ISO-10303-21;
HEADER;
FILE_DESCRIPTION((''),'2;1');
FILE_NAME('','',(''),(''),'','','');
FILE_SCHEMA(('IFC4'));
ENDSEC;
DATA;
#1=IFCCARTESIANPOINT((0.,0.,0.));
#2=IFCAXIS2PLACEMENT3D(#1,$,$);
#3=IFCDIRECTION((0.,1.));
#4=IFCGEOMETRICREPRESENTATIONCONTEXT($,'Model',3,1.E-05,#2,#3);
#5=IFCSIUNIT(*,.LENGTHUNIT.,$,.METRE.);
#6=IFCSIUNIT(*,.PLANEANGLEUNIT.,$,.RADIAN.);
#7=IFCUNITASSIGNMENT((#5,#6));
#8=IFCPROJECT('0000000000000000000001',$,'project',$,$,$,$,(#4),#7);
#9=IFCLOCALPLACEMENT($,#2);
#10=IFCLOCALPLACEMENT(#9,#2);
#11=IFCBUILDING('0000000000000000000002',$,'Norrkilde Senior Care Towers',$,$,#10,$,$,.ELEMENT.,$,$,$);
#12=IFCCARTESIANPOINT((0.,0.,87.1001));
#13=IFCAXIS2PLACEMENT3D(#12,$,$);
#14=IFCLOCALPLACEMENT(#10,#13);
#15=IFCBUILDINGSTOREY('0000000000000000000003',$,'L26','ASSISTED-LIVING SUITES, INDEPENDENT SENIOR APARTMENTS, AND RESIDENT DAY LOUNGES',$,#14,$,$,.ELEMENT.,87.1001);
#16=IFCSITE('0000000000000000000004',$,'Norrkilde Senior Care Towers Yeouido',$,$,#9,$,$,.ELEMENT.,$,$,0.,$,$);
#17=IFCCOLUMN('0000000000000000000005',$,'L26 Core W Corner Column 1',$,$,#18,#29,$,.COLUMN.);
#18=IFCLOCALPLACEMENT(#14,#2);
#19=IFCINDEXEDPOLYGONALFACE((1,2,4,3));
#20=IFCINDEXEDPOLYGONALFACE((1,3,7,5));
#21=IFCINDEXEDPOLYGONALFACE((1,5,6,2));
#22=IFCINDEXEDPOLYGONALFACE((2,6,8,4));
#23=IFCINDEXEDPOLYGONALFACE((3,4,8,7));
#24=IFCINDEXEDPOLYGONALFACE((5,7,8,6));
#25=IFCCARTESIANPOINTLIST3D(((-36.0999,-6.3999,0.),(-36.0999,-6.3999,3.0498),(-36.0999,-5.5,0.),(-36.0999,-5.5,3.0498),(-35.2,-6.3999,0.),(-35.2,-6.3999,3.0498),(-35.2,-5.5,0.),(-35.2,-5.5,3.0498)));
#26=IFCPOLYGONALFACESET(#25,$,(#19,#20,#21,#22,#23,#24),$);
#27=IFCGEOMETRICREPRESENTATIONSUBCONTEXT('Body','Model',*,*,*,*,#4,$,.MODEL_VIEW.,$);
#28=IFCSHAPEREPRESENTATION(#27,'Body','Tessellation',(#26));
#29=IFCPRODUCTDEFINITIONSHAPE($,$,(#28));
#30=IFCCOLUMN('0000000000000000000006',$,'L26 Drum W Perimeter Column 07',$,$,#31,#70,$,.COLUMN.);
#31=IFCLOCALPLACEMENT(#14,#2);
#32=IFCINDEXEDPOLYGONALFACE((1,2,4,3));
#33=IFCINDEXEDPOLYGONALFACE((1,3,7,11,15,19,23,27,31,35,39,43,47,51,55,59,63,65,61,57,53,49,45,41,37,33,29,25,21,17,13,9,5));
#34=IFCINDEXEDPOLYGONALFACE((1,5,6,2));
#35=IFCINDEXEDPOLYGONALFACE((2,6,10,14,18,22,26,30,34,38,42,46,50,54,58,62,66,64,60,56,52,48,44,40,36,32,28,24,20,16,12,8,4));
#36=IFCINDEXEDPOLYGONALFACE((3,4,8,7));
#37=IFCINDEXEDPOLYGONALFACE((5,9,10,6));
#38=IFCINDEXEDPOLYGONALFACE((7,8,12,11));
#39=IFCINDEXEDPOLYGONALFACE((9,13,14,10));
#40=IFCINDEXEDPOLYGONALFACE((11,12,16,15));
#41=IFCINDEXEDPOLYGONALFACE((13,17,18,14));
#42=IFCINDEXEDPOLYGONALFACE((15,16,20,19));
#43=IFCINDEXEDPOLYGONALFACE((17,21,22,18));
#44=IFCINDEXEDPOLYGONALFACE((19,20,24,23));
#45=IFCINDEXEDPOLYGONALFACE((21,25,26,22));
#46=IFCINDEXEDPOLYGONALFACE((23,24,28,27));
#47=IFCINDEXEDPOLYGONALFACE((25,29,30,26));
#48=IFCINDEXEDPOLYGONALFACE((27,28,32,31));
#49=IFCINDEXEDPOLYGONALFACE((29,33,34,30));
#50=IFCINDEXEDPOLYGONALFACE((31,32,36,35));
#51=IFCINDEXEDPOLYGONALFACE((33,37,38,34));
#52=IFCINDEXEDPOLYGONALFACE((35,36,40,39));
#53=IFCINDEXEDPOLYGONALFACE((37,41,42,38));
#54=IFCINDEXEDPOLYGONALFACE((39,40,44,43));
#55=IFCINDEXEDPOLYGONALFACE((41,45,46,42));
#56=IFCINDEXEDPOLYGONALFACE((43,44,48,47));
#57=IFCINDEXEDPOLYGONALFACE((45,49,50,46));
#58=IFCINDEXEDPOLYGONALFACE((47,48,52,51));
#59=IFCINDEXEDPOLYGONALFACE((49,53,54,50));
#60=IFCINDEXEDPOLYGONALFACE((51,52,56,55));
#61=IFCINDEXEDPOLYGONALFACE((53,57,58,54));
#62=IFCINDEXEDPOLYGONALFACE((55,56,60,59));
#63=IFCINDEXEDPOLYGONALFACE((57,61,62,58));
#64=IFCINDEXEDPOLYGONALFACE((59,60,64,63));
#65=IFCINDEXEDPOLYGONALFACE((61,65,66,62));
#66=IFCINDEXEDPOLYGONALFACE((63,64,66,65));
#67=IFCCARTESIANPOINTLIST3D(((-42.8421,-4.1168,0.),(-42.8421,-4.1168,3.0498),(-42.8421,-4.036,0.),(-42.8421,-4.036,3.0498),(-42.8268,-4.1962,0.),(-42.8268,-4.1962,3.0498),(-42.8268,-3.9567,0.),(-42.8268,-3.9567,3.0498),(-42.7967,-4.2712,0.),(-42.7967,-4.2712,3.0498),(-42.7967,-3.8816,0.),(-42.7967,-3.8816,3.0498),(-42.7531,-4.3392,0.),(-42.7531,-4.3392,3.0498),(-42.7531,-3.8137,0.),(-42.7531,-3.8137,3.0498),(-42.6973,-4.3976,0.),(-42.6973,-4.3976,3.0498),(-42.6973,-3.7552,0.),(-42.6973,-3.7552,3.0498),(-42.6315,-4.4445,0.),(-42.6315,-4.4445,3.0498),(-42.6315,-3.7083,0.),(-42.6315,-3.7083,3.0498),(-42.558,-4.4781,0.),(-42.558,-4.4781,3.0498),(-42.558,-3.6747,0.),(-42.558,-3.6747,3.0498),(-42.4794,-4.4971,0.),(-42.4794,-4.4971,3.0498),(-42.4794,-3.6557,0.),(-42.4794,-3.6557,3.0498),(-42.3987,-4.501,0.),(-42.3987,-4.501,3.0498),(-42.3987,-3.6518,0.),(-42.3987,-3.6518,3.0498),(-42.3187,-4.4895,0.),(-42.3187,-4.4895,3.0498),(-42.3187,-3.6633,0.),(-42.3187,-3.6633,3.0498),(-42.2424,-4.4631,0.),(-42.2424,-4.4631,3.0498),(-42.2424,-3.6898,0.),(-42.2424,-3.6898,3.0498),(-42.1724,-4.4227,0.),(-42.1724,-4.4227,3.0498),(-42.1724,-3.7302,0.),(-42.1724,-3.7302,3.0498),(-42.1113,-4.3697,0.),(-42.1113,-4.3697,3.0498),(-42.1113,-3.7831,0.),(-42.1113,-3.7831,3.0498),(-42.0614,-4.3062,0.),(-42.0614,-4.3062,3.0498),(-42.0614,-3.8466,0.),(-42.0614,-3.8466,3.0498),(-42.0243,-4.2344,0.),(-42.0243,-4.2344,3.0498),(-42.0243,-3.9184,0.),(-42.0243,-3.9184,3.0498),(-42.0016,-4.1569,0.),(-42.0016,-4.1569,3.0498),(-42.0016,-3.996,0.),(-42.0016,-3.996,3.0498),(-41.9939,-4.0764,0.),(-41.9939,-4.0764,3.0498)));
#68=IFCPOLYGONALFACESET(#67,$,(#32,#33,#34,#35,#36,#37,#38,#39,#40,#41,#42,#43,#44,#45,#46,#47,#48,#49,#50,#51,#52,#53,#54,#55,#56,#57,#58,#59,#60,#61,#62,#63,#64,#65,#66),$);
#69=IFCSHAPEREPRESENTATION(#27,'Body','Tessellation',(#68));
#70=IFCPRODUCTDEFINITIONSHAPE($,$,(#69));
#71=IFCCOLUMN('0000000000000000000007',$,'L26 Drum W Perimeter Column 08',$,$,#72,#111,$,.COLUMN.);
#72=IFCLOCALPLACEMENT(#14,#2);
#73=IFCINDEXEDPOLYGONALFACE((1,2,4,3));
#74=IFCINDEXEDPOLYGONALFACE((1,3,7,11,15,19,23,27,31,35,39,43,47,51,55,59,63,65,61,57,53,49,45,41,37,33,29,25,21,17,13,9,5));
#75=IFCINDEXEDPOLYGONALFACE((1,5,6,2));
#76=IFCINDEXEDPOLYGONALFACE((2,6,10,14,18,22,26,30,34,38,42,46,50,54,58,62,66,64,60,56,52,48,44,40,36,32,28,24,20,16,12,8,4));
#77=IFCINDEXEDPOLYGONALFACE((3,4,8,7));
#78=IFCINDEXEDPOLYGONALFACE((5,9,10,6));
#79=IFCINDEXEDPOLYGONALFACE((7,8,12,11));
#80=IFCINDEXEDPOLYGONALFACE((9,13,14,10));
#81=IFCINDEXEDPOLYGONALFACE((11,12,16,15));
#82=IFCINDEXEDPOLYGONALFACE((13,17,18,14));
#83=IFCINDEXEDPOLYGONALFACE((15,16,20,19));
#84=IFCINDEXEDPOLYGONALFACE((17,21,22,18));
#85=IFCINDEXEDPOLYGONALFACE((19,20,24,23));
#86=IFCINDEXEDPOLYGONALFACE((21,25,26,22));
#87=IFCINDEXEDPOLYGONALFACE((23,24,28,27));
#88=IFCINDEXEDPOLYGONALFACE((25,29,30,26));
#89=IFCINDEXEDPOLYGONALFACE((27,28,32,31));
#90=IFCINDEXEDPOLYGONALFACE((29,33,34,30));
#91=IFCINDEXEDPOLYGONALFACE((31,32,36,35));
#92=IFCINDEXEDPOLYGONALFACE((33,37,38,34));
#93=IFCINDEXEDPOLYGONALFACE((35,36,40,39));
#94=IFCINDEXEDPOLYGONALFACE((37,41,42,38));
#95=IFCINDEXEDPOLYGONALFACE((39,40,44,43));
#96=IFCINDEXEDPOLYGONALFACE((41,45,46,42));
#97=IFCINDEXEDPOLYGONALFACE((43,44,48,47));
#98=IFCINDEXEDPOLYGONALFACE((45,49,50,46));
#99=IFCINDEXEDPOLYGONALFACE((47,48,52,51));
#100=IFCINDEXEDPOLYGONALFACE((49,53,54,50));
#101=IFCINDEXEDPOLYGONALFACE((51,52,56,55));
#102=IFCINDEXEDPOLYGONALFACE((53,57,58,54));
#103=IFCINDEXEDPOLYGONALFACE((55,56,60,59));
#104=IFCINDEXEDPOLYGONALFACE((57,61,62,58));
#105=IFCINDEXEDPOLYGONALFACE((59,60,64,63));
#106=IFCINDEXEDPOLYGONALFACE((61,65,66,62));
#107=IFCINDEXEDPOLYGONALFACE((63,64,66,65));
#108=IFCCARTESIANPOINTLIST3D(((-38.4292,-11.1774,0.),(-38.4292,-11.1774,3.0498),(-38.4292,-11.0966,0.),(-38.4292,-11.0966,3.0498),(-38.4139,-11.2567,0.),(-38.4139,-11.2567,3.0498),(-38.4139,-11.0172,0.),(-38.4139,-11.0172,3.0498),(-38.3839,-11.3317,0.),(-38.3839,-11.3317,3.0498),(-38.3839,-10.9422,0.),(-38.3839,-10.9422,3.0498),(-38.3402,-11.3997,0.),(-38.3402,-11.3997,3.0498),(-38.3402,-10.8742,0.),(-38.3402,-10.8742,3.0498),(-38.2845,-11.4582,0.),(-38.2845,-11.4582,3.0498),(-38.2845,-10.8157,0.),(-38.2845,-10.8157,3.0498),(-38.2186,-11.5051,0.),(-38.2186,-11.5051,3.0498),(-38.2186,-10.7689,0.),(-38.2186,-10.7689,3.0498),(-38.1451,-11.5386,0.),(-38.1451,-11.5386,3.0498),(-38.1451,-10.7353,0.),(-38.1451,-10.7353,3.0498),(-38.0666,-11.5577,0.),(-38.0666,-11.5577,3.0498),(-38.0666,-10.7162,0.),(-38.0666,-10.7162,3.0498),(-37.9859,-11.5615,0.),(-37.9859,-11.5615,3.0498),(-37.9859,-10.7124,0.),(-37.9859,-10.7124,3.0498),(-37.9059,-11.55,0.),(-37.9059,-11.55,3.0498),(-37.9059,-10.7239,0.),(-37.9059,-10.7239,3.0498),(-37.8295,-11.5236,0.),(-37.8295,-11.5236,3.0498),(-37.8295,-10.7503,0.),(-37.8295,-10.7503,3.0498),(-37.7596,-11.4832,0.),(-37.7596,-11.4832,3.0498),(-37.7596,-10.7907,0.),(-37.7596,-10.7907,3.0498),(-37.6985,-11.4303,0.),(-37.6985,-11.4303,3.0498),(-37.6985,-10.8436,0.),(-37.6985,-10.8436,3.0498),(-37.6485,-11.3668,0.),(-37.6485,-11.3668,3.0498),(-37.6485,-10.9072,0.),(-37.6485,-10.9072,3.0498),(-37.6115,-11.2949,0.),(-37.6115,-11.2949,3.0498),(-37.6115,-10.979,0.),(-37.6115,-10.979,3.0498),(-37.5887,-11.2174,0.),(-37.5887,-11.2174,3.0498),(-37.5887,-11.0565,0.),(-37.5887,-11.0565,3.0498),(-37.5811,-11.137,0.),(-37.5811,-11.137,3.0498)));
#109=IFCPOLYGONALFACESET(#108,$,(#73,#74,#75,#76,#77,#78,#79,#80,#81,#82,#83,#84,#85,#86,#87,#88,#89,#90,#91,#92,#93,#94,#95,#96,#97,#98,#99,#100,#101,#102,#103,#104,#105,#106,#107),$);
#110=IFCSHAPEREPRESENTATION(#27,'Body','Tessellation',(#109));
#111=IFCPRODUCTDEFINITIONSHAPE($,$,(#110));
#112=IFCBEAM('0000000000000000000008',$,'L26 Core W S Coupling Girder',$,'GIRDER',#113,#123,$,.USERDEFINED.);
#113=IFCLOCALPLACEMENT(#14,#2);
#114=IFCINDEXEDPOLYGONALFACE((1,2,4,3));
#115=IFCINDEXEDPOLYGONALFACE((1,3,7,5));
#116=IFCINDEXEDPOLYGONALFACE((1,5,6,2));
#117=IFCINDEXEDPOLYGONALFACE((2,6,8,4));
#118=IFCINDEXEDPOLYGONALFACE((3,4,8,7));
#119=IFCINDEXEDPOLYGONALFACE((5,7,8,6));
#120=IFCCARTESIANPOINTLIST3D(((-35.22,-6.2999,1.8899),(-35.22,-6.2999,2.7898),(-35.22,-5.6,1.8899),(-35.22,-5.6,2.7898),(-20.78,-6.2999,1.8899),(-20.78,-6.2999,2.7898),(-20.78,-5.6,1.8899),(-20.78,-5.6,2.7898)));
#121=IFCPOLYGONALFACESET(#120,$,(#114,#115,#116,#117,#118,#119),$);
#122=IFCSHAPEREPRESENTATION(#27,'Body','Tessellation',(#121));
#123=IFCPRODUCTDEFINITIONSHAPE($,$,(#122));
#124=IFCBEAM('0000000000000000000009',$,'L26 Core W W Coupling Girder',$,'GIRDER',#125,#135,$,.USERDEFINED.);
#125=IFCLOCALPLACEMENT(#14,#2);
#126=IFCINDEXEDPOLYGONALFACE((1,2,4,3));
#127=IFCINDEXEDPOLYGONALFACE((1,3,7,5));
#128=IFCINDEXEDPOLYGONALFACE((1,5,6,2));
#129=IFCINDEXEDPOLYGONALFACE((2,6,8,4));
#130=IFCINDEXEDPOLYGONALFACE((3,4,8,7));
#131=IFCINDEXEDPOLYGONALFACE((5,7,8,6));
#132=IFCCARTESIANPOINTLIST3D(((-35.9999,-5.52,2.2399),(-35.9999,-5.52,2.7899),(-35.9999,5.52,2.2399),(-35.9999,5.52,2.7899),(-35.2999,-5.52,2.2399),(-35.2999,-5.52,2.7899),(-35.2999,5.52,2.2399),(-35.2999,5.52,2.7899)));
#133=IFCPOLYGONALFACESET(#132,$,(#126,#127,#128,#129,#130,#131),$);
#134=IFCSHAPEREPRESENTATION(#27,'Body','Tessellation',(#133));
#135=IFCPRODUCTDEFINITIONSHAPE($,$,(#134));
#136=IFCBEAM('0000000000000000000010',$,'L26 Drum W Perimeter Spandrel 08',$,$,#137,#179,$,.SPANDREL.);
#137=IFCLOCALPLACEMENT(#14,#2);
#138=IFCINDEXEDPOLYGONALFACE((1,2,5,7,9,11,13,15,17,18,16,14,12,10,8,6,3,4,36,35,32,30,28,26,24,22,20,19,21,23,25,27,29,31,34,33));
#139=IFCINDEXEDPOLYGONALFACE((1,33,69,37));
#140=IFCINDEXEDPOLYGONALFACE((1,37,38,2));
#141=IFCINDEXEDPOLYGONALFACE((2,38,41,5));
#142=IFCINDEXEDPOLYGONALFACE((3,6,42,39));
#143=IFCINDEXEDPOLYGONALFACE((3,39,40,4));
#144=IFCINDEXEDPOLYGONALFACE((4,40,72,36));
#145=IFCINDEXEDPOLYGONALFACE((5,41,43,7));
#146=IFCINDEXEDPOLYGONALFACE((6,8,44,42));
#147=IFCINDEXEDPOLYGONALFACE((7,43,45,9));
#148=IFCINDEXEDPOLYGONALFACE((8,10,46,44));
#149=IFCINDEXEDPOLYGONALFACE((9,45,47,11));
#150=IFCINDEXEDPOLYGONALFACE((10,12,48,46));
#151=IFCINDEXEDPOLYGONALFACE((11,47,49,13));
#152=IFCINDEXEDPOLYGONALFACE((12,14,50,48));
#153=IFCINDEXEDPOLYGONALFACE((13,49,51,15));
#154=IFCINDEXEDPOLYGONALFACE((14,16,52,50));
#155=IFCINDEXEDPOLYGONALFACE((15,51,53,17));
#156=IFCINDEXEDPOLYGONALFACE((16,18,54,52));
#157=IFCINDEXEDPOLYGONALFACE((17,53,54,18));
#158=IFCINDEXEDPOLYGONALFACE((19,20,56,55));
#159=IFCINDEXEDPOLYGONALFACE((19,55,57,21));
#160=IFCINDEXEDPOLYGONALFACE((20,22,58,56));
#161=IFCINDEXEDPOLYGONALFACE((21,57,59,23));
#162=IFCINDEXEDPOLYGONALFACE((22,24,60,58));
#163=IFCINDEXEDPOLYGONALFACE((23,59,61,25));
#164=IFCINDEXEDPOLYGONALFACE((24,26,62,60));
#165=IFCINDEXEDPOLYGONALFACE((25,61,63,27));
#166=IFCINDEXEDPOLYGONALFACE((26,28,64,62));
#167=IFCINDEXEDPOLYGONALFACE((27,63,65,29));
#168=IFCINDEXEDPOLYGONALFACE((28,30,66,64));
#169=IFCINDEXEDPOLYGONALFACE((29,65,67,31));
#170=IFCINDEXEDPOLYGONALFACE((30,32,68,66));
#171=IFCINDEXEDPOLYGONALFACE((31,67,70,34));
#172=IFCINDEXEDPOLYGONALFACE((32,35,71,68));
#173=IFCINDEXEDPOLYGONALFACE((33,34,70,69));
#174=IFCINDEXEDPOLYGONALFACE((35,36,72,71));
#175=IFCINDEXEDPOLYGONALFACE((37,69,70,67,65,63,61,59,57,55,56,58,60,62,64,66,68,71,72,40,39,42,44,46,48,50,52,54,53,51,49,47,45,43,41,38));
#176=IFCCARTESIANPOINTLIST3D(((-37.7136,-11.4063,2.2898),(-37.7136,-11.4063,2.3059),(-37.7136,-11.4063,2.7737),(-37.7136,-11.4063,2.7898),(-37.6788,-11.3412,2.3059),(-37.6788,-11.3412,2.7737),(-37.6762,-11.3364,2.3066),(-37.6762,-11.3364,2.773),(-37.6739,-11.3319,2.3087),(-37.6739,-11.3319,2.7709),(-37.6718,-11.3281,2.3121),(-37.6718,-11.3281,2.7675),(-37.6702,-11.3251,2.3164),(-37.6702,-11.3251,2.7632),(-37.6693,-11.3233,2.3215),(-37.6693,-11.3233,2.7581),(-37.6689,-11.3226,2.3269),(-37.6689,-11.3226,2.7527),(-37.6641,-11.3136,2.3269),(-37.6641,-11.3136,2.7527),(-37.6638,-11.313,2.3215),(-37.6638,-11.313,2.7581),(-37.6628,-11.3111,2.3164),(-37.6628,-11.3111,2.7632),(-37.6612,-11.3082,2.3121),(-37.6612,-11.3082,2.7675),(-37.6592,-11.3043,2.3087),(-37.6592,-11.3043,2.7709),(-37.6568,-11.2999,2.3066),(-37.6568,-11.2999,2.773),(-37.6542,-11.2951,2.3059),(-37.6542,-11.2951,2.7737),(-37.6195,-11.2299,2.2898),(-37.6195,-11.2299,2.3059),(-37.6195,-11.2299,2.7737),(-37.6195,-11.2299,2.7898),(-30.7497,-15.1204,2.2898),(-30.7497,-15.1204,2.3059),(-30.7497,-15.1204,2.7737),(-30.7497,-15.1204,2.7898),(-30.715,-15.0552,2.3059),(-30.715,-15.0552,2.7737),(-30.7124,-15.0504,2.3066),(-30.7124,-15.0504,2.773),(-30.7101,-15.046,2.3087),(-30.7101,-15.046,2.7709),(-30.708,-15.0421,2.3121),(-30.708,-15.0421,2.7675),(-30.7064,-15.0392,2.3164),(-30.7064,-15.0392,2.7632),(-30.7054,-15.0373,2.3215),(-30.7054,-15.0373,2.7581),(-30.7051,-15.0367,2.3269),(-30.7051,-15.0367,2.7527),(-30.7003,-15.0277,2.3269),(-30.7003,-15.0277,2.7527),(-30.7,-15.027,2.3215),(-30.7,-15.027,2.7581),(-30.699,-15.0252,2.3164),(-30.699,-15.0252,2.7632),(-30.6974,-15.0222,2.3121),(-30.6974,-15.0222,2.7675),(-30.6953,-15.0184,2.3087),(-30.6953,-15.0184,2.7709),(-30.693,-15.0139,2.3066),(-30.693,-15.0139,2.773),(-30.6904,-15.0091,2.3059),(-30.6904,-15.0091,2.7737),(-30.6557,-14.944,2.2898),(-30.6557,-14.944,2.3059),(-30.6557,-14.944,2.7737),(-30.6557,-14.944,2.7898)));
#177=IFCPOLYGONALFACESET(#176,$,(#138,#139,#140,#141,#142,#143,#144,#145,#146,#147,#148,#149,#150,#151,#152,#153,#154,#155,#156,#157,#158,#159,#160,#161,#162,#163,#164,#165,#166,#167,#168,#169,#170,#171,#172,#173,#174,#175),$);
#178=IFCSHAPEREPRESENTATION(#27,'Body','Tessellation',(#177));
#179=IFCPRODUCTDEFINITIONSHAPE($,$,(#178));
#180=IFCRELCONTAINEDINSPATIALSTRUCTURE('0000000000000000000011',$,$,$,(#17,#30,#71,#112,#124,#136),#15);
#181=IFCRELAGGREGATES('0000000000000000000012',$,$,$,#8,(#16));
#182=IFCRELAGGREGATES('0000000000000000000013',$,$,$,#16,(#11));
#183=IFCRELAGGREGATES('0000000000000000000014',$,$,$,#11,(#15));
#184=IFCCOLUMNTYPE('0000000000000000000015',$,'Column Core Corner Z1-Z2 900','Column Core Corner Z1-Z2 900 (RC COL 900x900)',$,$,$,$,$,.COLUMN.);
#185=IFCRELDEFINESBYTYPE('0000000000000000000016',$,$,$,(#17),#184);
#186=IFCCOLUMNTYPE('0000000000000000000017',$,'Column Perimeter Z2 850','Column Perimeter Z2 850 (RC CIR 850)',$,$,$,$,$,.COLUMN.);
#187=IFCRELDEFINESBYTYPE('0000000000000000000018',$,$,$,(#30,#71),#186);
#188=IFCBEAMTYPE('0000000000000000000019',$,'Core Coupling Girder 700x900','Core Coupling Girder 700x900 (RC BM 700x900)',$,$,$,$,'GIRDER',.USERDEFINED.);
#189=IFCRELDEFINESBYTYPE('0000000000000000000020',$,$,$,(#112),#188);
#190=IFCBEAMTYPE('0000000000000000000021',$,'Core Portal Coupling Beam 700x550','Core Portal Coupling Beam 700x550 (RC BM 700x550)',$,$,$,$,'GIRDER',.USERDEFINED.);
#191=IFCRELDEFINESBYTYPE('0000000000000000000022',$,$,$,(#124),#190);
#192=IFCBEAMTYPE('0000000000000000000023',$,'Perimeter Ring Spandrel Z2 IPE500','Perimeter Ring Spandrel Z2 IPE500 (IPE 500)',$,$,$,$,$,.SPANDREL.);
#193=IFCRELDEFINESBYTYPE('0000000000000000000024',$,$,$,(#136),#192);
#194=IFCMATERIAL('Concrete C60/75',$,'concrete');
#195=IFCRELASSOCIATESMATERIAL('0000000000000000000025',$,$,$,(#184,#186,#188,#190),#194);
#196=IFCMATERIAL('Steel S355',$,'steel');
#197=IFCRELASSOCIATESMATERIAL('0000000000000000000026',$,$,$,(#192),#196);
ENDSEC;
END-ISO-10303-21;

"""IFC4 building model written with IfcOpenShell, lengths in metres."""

from ifc_helpers import new_model, si_unit, direction, frame, origin, origin_2d, place, context, subcontext, project, spatial, rectangle, circle, i_section, extrude, source, transform, mapped, material, material_profile, profile_set, type_object, type_shapes, element, save


model = new_model("IFC4")

# Units and contexts
model_context = context("Model", 3, precision=1e-05, world=origin(), true_north=direction((0.0, 1.0)))
body_context = subcontext(model_context, "Body", "Model", "MODEL_VIEW")
ifc_project = project(units=[si_unit("LENGTHUNIT", "METRE"), si_unit("PLANEANGLEUNIT", "RADIAN")], contexts=[model_context])

# Site, building, storey
site_placement = place(None, origin())
site = spatial("IfcSite", under=ifc_project, at=site_placement, Name="Norrkilde Senior Care Towers Yeouido", CompositionType="ELEMENT", RefElevation=0.0)
building_placement = place(site_placement, origin())
building = spatial("IfcBuilding", under=site, at=building_placement, Name="Norrkilde Senior Care Towers", CompositionType="ELEMENT")
storey_placement = place(building_placement, frame((0.0, 0.0, 87.1001)))
storey = spatial("IfcBuildingStorey", under=building, at=storey_placement, Name="L26", Description="ASSISTED-LIVING SUITES, INDEPENDENT SENIOR APARTMENTS, AND RESIDENT DAY LOUNGES", CompositionType="ELEMENT", Elevation=87.1001)

# Columns
ifc_material_1 = material(Name="Concrete C60/75", Category="concrete")
ifc_material_profile_1 = material_profile(ifc_material_1, rectangle(XDim=0.8999, YDim=0.8999, at=origin_2d()), Name="RC COL 900x900")
ifc_profile_set_1 = profile_set([ifc_material_profile_1], Name="Concrete C60/75")
column_type_1 = type_object("IfcColumnType", Name="Column Core Corner Z1-Z2 900", Description="Column Core Corner Z1-Z2 900 (RC COL 900x900)", PredefinedType="COLUMN", material=ifc_profile_set_1)
shared_shape_1 = source(origin(), body_context, "Body", "SweptSolid", [
    extrude(rectangle(XDim=0.8999, YDim=0.8999, at=origin_2d()), origin(), (0.0, 0.0, 1.0), 3.0498),
])
type_shapes(column_type_1, [shared_shape_1])
column_placement = place(storey_placement, frame((-35.6499, -5.95, 0.0), z_axis=(0.0, 0.0, 1.0), x_axis=(1.0, 0.0, 0.0)))
element("IfcColumn", 1, at=column_placement, inside=storey, type_object=column_type_1, Name="L26 Core W Corner Column 1", PredefinedType="COLUMN", context=body_context, shape_type="MappedRepresentation", body=[
    mapped(shared_shape_1, transform((0.0, 0.0, 0.0), x_axis=(1.0, 0.0, 0.0), y_axis=(0.0, 1.0, 0.0), z_axis=(0.0, 0.0, 1.0), scale=1.0)),
])
ifc_material_profile_2 = material_profile(ifc_material_1, circle(Radius=0.425, at=origin_2d()), Name="RC CIR 850")
ifc_profile_set_2 = profile_set([ifc_material_profile_2], Name="Concrete C60/75")
column_type_2 = type_object("IfcColumnType", Name="Column Perimeter Z2 850", Description="Column Perimeter Z2 850 (RC CIR 850)", PredefinedType="COLUMN", material=ifc_profile_set_2)
shared_shape_2 = source(origin(), body_context, "Body", "SweptSolid", [
    extrude(circle(Radius=0.425, at=origin_2d()), origin(), (0.0, 0.0, 1.0), 3.0498),
])
type_shapes(column_type_2, [shared_shape_2])
for number, where, z_axis, x_axis, name in (
    (2, (-42.4189, -4.0764, 0.0), (0.0, 0.0, 1.0), (1.0, 0.0, 0.0), "L26 Drum W Perimeter Column 07"),
    (3, (-38.0061, -11.137, 0.0), (0.0, 0.0, 1.0), (1.0, 0.0, 0.0), "L26 Drum W Perimeter Column 08"),
):
    element("IfcColumn", number, at=place(storey_placement, frame(where, z_axis=z_axis, x_axis=x_axis)), inside=storey, type_object=column_type_2, Name=name, PredefinedType="COLUMN", context=body_context, shape_type="MappedRepresentation", body=[
        mapped(shared_shape_2, transform((0.0, 0.0, 0.0), x_axis=(1.0, 0.0, 0.0), y_axis=(0.0, 1.0, 0.0), z_axis=(0.0, 0.0, 1.0), scale=1.0)),
    ])

# Beams
ifc_material_profile_3 = material_profile(ifc_material_1, rectangle(XDim=0.7, YDim=0.8999, at=origin_2d()), Name="RC BM 700x900")
ifc_profile_set_3 = profile_set([ifc_material_profile_3], Name="Concrete C60/75")
beam_type_1 = type_object("IfcBeamType", Name="Core Coupling Girder 700x900", Description="Core Coupling Girder 700x900 (RC BM 700x900)", ElementType="GIRDER", PredefinedType="USERDEFINED", material=ifc_profile_set_3)
shared_shape_3 = source(origin(), body_context, "Body", "SweptSolid", [
    extrude(rectangle(XDim=0.7, YDim=0.8999, at=origin_2d()), origin(), (0.0, 0.0, 1.0), 14.4399),
])
type_shapes(beam_type_1, [shared_shape_3])
beam_1_placement = place(storey_placement, frame((-35.22, -5.95, 2.3398), z_axis=(1.0, 0.0, 0.0), x_axis=(0.0, 1.0, 0.0)))
element("IfcBeam", 4, at=beam_1_placement, inside=storey, type_object=beam_type_1, Name="L26 Core W S Coupling Girder", ObjectType="GIRDER", PredefinedType="USERDEFINED", context=body_context, shape_type="MappedRepresentation", body=[
    mapped(shared_shape_3, transform((0.0, 0.0, 0.0), x_axis=(1.0, 0.0, 0.0), y_axis=(0.0, 1.0, 0.0), z_axis=(0.0, 0.0, 1.0), scale=1.0)),
])
ifc_material_profile_4 = material_profile(ifc_material_1, rectangle(XDim=0.7, YDim=0.55, at=origin_2d()), Name="RC BM 700x550")
ifc_profile_set_4 = profile_set([ifc_material_profile_4], Name="Concrete C60/75")
beam_type_2 = type_object("IfcBeamType", Name="Core Portal Coupling Beam 700x550", Description="Core Portal Coupling Beam 700x550 (RC BM 700x550)", ElementType="GIRDER", PredefinedType="USERDEFINED", material=ifc_profile_set_4)
shared_shape_4 = source(origin(), body_context, "Body", "SweptSolid", [
    extrude(rectangle(XDim=0.7, YDim=0.55, at=origin_2d()), origin(), (0.0, 0.0, 1.0), 11.04),
])
type_shapes(beam_type_2, [shared_shape_4])
beam_2_placement = place(storey_placement, frame((-35.6499, -5.52, 2.5149), z_axis=(0.0, 1.0, 0.0), x_axis=(-1.0, 0.0, 0.0)))
element("IfcBeam", 5, at=beam_2_placement, inside=storey, type_object=beam_type_2, Name="L26 Core W W Coupling Girder", ObjectType="GIRDER", PredefinedType="USERDEFINED", context=body_context, shape_type="MappedRepresentation", body=[
    mapped(shared_shape_4, transform((0.0, 0.0, 0.0), x_axis=(1.0, 0.0, 0.0), y_axis=(0.0, 1.0, 0.0), z_axis=(0.0, 0.0, 1.0), scale=1.0)),
])
ifc_material_2 = material(Name="Steel S355", Category="steel")
ifc_material_profile_5 = material_profile(ifc_material_2, i_section(OverallWidth=0.2, OverallDepth=0.5, WebThickness=0.0103, FlangeThickness=0.0161, FilletRadius=0.021, at=origin_2d()), Name="IPE 500")
ifc_profile_set_5 = profile_set([ifc_material_profile_5], Name="Steel S355")
beam_type_3 = type_object("IfcBeamType", Name="Perimeter Ring Spandrel Z2 IPE500", Description="Perimeter Ring Spandrel Z2 IPE500 (IPE 500)", PredefinedType="SPANDREL", material=ifc_profile_set_5)
shared_shape_5 = source(origin(), body_context, "Body", "SweptSolid", [
    extrude(i_section(OverallWidth=0.2, OverallDepth=0.5, WebThickness=0.0103, FlangeThickness=0.0161, FilletRadius=0.021, at=origin_2d()), origin(), (0.0, 0.0, 1.0), 7.8923),
])
beam_3_placement = place(storey_placement, frame((-37.6665, -11.3181, 2.5398), z_axis=(0.88235, -0.470593, 0.0), x_axis=(0.470593, 0.88235, 0.0)))
element("IfcBeam", 6, at=beam_3_placement, inside=storey, type_object=beam_type_3, Name="L26 Drum W Perimeter Spandrel 08", PredefinedType="SPANDREL", context=body_context, shape_type="MappedRepresentation", body=[
    mapped(shared_shape_5, transform((0.0, 0.0, 0.0), x_axis=(1.0, 0.0, 0.0), y_axis=(0.0, 1.0, 0.0), z_axis=(0.0, 0.0, 1.0), scale=1.0)),
])

save(model, "model.ifc")
